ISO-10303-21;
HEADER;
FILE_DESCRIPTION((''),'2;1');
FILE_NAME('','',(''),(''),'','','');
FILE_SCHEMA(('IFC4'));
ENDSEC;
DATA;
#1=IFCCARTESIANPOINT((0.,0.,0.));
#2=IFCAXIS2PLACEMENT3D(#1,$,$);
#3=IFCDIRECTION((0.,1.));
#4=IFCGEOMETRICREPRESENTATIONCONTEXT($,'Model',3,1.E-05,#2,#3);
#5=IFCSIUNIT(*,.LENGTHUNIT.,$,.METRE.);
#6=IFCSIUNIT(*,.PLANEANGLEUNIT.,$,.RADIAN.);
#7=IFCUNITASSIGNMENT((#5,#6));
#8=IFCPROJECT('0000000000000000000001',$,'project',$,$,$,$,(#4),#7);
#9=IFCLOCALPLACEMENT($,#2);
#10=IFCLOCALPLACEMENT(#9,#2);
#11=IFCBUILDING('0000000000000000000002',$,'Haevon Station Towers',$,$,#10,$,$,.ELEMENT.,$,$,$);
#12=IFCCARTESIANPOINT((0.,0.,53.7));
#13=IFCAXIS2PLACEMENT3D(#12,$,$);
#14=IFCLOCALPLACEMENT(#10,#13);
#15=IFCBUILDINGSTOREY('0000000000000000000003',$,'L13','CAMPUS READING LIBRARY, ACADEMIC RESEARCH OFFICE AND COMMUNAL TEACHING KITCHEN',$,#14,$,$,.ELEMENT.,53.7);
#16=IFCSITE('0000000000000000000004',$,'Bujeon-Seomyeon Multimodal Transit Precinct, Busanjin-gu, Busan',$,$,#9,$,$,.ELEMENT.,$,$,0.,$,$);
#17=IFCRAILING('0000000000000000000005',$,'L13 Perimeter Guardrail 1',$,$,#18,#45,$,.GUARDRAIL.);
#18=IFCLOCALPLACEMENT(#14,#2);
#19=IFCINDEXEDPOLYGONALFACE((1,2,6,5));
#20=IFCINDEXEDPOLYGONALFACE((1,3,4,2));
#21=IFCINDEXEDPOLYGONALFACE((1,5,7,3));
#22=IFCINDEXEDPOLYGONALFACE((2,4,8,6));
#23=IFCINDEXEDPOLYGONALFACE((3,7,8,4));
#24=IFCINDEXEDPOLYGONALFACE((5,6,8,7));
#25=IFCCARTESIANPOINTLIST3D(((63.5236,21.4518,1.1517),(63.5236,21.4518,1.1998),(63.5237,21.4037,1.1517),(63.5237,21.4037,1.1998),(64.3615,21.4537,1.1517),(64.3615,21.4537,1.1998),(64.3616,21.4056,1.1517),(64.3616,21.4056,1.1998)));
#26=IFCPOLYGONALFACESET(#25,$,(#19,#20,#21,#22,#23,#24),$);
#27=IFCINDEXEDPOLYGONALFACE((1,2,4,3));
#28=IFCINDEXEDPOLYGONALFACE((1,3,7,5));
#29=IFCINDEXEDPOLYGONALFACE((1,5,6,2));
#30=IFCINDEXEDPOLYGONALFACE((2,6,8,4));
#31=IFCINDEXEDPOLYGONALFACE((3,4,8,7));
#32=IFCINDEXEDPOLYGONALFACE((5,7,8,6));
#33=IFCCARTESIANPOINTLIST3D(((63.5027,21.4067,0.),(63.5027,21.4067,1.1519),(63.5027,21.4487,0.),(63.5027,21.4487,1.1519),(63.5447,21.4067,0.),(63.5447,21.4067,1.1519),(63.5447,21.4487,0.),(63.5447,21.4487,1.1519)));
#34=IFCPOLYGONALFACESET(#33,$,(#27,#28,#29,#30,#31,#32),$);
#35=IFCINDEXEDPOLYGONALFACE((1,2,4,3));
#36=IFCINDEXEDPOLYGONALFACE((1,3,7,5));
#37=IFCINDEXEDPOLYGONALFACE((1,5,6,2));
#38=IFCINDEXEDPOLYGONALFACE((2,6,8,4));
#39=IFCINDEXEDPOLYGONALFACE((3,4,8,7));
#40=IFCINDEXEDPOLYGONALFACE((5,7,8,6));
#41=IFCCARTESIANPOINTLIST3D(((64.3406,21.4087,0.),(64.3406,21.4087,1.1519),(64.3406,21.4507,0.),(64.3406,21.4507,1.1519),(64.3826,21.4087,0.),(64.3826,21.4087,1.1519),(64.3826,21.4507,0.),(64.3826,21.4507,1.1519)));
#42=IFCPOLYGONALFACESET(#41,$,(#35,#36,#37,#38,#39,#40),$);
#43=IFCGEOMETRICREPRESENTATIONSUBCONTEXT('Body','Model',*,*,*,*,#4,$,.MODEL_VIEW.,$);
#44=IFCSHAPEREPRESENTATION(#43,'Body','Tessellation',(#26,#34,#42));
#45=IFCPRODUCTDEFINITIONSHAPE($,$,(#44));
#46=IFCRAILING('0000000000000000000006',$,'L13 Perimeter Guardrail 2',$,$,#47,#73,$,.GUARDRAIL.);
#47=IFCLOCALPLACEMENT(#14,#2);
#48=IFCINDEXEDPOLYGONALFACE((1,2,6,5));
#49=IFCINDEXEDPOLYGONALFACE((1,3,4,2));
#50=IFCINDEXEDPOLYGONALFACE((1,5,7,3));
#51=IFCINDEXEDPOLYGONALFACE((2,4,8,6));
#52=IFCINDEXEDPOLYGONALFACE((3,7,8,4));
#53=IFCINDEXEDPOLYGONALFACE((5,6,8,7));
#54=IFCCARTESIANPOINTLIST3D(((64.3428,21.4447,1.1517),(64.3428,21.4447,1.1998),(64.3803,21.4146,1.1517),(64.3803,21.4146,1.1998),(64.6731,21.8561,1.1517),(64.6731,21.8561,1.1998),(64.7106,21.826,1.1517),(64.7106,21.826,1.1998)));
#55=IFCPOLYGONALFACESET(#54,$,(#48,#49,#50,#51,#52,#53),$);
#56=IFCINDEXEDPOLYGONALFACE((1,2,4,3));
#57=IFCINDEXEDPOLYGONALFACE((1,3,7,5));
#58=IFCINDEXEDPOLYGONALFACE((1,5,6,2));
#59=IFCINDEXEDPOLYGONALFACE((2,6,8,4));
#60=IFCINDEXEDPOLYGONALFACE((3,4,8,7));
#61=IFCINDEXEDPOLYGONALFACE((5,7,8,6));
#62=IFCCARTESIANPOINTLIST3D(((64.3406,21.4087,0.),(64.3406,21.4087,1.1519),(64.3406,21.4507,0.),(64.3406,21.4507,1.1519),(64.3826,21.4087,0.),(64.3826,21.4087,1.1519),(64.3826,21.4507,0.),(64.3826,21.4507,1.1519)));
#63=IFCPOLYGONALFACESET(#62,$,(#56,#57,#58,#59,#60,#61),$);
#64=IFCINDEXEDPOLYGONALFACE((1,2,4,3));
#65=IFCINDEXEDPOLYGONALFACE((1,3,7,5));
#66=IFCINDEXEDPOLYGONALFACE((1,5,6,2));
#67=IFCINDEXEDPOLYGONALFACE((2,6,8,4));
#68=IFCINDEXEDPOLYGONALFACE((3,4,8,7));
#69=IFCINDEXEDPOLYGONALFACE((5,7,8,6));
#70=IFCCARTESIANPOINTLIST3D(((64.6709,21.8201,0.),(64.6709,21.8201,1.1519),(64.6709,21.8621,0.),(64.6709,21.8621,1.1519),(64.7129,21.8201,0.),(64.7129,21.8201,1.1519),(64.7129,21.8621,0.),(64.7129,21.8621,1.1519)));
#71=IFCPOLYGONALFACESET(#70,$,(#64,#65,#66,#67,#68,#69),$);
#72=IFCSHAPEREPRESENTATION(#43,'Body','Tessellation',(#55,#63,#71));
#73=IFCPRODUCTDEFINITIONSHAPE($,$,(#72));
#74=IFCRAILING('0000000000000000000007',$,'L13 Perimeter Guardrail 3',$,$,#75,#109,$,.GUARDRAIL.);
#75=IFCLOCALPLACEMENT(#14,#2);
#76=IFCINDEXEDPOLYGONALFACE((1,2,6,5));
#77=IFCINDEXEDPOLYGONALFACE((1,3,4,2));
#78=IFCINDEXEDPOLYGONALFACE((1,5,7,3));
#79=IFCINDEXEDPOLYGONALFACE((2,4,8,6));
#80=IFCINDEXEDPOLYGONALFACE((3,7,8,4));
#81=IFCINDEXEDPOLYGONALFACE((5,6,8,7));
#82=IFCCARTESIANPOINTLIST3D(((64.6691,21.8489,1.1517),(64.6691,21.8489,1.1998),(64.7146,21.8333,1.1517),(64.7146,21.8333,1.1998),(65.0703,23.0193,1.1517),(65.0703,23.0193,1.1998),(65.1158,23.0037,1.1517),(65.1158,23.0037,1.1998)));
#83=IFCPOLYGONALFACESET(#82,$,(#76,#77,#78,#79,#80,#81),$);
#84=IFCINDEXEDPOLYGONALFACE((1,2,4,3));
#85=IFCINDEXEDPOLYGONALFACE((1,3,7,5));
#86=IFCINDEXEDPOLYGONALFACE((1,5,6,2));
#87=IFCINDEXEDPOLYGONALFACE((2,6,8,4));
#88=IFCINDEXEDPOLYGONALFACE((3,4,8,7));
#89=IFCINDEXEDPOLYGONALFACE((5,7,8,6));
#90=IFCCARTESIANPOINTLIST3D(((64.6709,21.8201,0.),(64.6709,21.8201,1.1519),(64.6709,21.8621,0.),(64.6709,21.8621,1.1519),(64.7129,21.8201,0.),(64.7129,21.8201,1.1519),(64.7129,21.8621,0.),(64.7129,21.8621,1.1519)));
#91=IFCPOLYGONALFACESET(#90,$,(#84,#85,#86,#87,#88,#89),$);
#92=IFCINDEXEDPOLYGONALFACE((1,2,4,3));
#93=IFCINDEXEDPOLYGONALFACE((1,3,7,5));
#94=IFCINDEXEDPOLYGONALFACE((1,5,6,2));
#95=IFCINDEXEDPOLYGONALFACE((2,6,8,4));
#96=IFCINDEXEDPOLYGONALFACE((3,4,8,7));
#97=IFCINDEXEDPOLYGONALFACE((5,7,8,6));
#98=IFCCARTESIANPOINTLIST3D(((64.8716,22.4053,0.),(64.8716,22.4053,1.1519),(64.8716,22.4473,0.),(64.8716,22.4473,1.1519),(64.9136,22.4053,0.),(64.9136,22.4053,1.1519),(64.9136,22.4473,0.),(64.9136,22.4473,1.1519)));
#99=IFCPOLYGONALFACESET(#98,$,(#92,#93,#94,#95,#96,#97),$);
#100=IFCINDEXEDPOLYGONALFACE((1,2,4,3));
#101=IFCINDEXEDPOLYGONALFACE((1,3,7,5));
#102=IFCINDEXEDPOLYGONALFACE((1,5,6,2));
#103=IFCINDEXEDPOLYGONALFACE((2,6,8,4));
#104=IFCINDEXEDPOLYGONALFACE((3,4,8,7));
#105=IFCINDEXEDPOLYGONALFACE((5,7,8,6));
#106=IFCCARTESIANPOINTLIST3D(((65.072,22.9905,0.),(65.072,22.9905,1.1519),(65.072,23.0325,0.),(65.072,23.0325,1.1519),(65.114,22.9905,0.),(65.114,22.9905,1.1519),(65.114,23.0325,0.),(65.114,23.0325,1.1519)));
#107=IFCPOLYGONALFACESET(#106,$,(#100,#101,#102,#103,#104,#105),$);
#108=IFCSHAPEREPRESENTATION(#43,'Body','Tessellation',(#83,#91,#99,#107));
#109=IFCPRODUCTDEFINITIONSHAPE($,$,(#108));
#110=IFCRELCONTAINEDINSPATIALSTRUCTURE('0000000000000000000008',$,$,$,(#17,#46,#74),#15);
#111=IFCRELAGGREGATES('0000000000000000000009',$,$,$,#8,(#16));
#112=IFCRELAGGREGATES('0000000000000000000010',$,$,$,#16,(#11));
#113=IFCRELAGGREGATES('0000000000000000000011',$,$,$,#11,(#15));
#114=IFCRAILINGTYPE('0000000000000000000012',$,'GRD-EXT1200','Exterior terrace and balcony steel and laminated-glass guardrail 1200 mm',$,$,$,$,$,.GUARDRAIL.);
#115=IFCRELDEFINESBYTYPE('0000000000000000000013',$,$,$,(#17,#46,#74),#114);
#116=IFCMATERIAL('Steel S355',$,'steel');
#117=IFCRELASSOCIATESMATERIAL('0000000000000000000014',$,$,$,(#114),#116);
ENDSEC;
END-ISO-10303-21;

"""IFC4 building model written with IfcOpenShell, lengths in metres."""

from ifc_helpers import new_model, si_unit, direction, frame, origin, origin_2d, place, context, subcontext, project, spatial, rectangle, extrude, material, type_object, element, save


model = new_model("IFC4")

# Units and contexts
model_context = context("Model", 3, precision=1e-05, world=origin(), true_north=direction((0.0, 1.0)))
body_context = subcontext(model_context, "Body", "Model", "MODEL_VIEW")
ifc_project = project(units=[si_unit("LENGTHUNIT", "METRE"), si_unit("PLANEANGLEUNIT", "RADIAN")], contexts=[model_context])

# Site, building, storey
site_placement = place(None, origin())
site = spatial("IfcSite", under=ifc_project, at=site_placement, Name="Bujeon-Seomyeon Multimodal Transit Precinct, Busanjin-gu, Busan", CompositionType="ELEMENT", RefElevation=0.0)
building_placement = place(site_placement, origin())
building = spatial("IfcBuilding", under=site, at=building_placement, Name="Haevon Station Towers", CompositionType="ELEMENT")
storey_placement = place(building_placement, frame((0.0, 0.0, 53.7)))
storey = spatial("IfcBuildingStorey", under=building, at=storey_placement, Name="L13", Description="CAMPUS READING LIBRARY, ACADEMIC RESEARCH OFFICE AND COMMUNAL TEACHING KITCHEN", CompositionType="ELEMENT", Elevation=53.7)

# Shared definitions
ifc_material_1 = material(Name="Steel S355", Category="steel")

# Railings
railing_type = type_object("IfcRailingType", Name="GRD-EXT1200", Description="Exterior terrace and balcony steel and laminated-glass guardrail 1200 mm", PredefinedType="GUARDRAIL", material=ifc_material_1)
railing_1_placement = place(storey_placement, frame((63.5237, 21.4277, 0.0)))
element("IfcRailing", 1, at=railing_1_placement, inside=storey, type_object=railing_type, Name="L13 Perimeter Guardrail 1", PredefinedType="GUARDRAIL", context=body_context, shape_type="SweptSolid", body=[
    extrude(rectangle(XDim=0.0481, YDim=0.0481, at=origin_2d()), frame((0.0, 0.0, 1.1758), z_axis=(0.999997, 0.002331, 0.0), x_axis=(-0.002331, 0.999997, 0.0)), (0.0, 0.0, 1.0), 0.8379),
    extrude(rectangle(XDim=0.042, YDim=0.042, at=origin_2d()), origin(), (0.0, 0.0, 1.0), 1.1519),
    extrude(rectangle(XDim=0.042, YDim=0.042, at=origin_2d()), frame((0.8379, 0.002, 0.0)), (0.0, 0.0, 1.0), 1.1519),
])
railing_2_placement = place(storey_placement, frame((64.3616, 21.4297, 0.0)))
element("IfcRailing", 2, at=railing_2_placement, inside=storey, type_object=railing_type, Name="L13 Perimeter Guardrail 2", PredefinedType="GUARDRAIL", context=body_context, shape_type="SweptSolid", body=[
    extrude(rectangle(XDim=0.0481, YDim=0.0481, at=origin_2d()), frame((0.0, 0.0, 1.1758), z_axis=(0.626105, 0.779739, 0.0), x_axis=(-0.779739, 0.626105, 0.0)), (0.0, 0.0, 1.0), 0.5276),
    extrude(rectangle(XDim=0.042, YDim=0.042, at=origin_2d()), origin(), (0.0, 0.0, 1.0), 1.1519),
    extrude(rectangle(XDim=0.042, YDim=0.042, at=origin_2d()), frame((0.3303, 0.4114, 0.0)), (0.0, 0.0, 1.0), 1.1519),
])
railing_3_placement = place(storey_placement, frame((64.6919, 21.8411, 0.0)))
element("IfcRailing", 3, at=railing_3_placement, inside=storey, type_object=railing_type, Name="L13 Perimeter Guardrail 3", PredefinedType="GUARDRAIL", context=body_context, shape_type="SweptSolid", body=[
    extrude(rectangle(XDim=0.0481, YDim=0.0481, at=origin_2d()), frame((0.0, 0.0, 1.1758), z_axis=(0.324208, 0.945986, 0.0), x_axis=(-0.945986, 0.324208, 0.0)), (0.0, 0.0, 1.0), 1.2373),
    extrude(rectangle(XDim=0.042, YDim=0.042, at=origin_2d()), origin(), (0.0, 0.0, 1.0), 1.1519),
    extrude(rectangle(XDim=0.042, YDim=0.042, at=origin_2d()), frame((0.2007, 0.5852, 0.0)), (0.0, 0.0, 1.0), 1.1519),
    extrude(rectangle(XDim=0.042, YDim=0.042, at=origin_2d()), frame((0.4011, 1.1704, 0.0)), (0.0, 0.0, 1.0), 1.1519),
])

save(model, "model.ifc")
